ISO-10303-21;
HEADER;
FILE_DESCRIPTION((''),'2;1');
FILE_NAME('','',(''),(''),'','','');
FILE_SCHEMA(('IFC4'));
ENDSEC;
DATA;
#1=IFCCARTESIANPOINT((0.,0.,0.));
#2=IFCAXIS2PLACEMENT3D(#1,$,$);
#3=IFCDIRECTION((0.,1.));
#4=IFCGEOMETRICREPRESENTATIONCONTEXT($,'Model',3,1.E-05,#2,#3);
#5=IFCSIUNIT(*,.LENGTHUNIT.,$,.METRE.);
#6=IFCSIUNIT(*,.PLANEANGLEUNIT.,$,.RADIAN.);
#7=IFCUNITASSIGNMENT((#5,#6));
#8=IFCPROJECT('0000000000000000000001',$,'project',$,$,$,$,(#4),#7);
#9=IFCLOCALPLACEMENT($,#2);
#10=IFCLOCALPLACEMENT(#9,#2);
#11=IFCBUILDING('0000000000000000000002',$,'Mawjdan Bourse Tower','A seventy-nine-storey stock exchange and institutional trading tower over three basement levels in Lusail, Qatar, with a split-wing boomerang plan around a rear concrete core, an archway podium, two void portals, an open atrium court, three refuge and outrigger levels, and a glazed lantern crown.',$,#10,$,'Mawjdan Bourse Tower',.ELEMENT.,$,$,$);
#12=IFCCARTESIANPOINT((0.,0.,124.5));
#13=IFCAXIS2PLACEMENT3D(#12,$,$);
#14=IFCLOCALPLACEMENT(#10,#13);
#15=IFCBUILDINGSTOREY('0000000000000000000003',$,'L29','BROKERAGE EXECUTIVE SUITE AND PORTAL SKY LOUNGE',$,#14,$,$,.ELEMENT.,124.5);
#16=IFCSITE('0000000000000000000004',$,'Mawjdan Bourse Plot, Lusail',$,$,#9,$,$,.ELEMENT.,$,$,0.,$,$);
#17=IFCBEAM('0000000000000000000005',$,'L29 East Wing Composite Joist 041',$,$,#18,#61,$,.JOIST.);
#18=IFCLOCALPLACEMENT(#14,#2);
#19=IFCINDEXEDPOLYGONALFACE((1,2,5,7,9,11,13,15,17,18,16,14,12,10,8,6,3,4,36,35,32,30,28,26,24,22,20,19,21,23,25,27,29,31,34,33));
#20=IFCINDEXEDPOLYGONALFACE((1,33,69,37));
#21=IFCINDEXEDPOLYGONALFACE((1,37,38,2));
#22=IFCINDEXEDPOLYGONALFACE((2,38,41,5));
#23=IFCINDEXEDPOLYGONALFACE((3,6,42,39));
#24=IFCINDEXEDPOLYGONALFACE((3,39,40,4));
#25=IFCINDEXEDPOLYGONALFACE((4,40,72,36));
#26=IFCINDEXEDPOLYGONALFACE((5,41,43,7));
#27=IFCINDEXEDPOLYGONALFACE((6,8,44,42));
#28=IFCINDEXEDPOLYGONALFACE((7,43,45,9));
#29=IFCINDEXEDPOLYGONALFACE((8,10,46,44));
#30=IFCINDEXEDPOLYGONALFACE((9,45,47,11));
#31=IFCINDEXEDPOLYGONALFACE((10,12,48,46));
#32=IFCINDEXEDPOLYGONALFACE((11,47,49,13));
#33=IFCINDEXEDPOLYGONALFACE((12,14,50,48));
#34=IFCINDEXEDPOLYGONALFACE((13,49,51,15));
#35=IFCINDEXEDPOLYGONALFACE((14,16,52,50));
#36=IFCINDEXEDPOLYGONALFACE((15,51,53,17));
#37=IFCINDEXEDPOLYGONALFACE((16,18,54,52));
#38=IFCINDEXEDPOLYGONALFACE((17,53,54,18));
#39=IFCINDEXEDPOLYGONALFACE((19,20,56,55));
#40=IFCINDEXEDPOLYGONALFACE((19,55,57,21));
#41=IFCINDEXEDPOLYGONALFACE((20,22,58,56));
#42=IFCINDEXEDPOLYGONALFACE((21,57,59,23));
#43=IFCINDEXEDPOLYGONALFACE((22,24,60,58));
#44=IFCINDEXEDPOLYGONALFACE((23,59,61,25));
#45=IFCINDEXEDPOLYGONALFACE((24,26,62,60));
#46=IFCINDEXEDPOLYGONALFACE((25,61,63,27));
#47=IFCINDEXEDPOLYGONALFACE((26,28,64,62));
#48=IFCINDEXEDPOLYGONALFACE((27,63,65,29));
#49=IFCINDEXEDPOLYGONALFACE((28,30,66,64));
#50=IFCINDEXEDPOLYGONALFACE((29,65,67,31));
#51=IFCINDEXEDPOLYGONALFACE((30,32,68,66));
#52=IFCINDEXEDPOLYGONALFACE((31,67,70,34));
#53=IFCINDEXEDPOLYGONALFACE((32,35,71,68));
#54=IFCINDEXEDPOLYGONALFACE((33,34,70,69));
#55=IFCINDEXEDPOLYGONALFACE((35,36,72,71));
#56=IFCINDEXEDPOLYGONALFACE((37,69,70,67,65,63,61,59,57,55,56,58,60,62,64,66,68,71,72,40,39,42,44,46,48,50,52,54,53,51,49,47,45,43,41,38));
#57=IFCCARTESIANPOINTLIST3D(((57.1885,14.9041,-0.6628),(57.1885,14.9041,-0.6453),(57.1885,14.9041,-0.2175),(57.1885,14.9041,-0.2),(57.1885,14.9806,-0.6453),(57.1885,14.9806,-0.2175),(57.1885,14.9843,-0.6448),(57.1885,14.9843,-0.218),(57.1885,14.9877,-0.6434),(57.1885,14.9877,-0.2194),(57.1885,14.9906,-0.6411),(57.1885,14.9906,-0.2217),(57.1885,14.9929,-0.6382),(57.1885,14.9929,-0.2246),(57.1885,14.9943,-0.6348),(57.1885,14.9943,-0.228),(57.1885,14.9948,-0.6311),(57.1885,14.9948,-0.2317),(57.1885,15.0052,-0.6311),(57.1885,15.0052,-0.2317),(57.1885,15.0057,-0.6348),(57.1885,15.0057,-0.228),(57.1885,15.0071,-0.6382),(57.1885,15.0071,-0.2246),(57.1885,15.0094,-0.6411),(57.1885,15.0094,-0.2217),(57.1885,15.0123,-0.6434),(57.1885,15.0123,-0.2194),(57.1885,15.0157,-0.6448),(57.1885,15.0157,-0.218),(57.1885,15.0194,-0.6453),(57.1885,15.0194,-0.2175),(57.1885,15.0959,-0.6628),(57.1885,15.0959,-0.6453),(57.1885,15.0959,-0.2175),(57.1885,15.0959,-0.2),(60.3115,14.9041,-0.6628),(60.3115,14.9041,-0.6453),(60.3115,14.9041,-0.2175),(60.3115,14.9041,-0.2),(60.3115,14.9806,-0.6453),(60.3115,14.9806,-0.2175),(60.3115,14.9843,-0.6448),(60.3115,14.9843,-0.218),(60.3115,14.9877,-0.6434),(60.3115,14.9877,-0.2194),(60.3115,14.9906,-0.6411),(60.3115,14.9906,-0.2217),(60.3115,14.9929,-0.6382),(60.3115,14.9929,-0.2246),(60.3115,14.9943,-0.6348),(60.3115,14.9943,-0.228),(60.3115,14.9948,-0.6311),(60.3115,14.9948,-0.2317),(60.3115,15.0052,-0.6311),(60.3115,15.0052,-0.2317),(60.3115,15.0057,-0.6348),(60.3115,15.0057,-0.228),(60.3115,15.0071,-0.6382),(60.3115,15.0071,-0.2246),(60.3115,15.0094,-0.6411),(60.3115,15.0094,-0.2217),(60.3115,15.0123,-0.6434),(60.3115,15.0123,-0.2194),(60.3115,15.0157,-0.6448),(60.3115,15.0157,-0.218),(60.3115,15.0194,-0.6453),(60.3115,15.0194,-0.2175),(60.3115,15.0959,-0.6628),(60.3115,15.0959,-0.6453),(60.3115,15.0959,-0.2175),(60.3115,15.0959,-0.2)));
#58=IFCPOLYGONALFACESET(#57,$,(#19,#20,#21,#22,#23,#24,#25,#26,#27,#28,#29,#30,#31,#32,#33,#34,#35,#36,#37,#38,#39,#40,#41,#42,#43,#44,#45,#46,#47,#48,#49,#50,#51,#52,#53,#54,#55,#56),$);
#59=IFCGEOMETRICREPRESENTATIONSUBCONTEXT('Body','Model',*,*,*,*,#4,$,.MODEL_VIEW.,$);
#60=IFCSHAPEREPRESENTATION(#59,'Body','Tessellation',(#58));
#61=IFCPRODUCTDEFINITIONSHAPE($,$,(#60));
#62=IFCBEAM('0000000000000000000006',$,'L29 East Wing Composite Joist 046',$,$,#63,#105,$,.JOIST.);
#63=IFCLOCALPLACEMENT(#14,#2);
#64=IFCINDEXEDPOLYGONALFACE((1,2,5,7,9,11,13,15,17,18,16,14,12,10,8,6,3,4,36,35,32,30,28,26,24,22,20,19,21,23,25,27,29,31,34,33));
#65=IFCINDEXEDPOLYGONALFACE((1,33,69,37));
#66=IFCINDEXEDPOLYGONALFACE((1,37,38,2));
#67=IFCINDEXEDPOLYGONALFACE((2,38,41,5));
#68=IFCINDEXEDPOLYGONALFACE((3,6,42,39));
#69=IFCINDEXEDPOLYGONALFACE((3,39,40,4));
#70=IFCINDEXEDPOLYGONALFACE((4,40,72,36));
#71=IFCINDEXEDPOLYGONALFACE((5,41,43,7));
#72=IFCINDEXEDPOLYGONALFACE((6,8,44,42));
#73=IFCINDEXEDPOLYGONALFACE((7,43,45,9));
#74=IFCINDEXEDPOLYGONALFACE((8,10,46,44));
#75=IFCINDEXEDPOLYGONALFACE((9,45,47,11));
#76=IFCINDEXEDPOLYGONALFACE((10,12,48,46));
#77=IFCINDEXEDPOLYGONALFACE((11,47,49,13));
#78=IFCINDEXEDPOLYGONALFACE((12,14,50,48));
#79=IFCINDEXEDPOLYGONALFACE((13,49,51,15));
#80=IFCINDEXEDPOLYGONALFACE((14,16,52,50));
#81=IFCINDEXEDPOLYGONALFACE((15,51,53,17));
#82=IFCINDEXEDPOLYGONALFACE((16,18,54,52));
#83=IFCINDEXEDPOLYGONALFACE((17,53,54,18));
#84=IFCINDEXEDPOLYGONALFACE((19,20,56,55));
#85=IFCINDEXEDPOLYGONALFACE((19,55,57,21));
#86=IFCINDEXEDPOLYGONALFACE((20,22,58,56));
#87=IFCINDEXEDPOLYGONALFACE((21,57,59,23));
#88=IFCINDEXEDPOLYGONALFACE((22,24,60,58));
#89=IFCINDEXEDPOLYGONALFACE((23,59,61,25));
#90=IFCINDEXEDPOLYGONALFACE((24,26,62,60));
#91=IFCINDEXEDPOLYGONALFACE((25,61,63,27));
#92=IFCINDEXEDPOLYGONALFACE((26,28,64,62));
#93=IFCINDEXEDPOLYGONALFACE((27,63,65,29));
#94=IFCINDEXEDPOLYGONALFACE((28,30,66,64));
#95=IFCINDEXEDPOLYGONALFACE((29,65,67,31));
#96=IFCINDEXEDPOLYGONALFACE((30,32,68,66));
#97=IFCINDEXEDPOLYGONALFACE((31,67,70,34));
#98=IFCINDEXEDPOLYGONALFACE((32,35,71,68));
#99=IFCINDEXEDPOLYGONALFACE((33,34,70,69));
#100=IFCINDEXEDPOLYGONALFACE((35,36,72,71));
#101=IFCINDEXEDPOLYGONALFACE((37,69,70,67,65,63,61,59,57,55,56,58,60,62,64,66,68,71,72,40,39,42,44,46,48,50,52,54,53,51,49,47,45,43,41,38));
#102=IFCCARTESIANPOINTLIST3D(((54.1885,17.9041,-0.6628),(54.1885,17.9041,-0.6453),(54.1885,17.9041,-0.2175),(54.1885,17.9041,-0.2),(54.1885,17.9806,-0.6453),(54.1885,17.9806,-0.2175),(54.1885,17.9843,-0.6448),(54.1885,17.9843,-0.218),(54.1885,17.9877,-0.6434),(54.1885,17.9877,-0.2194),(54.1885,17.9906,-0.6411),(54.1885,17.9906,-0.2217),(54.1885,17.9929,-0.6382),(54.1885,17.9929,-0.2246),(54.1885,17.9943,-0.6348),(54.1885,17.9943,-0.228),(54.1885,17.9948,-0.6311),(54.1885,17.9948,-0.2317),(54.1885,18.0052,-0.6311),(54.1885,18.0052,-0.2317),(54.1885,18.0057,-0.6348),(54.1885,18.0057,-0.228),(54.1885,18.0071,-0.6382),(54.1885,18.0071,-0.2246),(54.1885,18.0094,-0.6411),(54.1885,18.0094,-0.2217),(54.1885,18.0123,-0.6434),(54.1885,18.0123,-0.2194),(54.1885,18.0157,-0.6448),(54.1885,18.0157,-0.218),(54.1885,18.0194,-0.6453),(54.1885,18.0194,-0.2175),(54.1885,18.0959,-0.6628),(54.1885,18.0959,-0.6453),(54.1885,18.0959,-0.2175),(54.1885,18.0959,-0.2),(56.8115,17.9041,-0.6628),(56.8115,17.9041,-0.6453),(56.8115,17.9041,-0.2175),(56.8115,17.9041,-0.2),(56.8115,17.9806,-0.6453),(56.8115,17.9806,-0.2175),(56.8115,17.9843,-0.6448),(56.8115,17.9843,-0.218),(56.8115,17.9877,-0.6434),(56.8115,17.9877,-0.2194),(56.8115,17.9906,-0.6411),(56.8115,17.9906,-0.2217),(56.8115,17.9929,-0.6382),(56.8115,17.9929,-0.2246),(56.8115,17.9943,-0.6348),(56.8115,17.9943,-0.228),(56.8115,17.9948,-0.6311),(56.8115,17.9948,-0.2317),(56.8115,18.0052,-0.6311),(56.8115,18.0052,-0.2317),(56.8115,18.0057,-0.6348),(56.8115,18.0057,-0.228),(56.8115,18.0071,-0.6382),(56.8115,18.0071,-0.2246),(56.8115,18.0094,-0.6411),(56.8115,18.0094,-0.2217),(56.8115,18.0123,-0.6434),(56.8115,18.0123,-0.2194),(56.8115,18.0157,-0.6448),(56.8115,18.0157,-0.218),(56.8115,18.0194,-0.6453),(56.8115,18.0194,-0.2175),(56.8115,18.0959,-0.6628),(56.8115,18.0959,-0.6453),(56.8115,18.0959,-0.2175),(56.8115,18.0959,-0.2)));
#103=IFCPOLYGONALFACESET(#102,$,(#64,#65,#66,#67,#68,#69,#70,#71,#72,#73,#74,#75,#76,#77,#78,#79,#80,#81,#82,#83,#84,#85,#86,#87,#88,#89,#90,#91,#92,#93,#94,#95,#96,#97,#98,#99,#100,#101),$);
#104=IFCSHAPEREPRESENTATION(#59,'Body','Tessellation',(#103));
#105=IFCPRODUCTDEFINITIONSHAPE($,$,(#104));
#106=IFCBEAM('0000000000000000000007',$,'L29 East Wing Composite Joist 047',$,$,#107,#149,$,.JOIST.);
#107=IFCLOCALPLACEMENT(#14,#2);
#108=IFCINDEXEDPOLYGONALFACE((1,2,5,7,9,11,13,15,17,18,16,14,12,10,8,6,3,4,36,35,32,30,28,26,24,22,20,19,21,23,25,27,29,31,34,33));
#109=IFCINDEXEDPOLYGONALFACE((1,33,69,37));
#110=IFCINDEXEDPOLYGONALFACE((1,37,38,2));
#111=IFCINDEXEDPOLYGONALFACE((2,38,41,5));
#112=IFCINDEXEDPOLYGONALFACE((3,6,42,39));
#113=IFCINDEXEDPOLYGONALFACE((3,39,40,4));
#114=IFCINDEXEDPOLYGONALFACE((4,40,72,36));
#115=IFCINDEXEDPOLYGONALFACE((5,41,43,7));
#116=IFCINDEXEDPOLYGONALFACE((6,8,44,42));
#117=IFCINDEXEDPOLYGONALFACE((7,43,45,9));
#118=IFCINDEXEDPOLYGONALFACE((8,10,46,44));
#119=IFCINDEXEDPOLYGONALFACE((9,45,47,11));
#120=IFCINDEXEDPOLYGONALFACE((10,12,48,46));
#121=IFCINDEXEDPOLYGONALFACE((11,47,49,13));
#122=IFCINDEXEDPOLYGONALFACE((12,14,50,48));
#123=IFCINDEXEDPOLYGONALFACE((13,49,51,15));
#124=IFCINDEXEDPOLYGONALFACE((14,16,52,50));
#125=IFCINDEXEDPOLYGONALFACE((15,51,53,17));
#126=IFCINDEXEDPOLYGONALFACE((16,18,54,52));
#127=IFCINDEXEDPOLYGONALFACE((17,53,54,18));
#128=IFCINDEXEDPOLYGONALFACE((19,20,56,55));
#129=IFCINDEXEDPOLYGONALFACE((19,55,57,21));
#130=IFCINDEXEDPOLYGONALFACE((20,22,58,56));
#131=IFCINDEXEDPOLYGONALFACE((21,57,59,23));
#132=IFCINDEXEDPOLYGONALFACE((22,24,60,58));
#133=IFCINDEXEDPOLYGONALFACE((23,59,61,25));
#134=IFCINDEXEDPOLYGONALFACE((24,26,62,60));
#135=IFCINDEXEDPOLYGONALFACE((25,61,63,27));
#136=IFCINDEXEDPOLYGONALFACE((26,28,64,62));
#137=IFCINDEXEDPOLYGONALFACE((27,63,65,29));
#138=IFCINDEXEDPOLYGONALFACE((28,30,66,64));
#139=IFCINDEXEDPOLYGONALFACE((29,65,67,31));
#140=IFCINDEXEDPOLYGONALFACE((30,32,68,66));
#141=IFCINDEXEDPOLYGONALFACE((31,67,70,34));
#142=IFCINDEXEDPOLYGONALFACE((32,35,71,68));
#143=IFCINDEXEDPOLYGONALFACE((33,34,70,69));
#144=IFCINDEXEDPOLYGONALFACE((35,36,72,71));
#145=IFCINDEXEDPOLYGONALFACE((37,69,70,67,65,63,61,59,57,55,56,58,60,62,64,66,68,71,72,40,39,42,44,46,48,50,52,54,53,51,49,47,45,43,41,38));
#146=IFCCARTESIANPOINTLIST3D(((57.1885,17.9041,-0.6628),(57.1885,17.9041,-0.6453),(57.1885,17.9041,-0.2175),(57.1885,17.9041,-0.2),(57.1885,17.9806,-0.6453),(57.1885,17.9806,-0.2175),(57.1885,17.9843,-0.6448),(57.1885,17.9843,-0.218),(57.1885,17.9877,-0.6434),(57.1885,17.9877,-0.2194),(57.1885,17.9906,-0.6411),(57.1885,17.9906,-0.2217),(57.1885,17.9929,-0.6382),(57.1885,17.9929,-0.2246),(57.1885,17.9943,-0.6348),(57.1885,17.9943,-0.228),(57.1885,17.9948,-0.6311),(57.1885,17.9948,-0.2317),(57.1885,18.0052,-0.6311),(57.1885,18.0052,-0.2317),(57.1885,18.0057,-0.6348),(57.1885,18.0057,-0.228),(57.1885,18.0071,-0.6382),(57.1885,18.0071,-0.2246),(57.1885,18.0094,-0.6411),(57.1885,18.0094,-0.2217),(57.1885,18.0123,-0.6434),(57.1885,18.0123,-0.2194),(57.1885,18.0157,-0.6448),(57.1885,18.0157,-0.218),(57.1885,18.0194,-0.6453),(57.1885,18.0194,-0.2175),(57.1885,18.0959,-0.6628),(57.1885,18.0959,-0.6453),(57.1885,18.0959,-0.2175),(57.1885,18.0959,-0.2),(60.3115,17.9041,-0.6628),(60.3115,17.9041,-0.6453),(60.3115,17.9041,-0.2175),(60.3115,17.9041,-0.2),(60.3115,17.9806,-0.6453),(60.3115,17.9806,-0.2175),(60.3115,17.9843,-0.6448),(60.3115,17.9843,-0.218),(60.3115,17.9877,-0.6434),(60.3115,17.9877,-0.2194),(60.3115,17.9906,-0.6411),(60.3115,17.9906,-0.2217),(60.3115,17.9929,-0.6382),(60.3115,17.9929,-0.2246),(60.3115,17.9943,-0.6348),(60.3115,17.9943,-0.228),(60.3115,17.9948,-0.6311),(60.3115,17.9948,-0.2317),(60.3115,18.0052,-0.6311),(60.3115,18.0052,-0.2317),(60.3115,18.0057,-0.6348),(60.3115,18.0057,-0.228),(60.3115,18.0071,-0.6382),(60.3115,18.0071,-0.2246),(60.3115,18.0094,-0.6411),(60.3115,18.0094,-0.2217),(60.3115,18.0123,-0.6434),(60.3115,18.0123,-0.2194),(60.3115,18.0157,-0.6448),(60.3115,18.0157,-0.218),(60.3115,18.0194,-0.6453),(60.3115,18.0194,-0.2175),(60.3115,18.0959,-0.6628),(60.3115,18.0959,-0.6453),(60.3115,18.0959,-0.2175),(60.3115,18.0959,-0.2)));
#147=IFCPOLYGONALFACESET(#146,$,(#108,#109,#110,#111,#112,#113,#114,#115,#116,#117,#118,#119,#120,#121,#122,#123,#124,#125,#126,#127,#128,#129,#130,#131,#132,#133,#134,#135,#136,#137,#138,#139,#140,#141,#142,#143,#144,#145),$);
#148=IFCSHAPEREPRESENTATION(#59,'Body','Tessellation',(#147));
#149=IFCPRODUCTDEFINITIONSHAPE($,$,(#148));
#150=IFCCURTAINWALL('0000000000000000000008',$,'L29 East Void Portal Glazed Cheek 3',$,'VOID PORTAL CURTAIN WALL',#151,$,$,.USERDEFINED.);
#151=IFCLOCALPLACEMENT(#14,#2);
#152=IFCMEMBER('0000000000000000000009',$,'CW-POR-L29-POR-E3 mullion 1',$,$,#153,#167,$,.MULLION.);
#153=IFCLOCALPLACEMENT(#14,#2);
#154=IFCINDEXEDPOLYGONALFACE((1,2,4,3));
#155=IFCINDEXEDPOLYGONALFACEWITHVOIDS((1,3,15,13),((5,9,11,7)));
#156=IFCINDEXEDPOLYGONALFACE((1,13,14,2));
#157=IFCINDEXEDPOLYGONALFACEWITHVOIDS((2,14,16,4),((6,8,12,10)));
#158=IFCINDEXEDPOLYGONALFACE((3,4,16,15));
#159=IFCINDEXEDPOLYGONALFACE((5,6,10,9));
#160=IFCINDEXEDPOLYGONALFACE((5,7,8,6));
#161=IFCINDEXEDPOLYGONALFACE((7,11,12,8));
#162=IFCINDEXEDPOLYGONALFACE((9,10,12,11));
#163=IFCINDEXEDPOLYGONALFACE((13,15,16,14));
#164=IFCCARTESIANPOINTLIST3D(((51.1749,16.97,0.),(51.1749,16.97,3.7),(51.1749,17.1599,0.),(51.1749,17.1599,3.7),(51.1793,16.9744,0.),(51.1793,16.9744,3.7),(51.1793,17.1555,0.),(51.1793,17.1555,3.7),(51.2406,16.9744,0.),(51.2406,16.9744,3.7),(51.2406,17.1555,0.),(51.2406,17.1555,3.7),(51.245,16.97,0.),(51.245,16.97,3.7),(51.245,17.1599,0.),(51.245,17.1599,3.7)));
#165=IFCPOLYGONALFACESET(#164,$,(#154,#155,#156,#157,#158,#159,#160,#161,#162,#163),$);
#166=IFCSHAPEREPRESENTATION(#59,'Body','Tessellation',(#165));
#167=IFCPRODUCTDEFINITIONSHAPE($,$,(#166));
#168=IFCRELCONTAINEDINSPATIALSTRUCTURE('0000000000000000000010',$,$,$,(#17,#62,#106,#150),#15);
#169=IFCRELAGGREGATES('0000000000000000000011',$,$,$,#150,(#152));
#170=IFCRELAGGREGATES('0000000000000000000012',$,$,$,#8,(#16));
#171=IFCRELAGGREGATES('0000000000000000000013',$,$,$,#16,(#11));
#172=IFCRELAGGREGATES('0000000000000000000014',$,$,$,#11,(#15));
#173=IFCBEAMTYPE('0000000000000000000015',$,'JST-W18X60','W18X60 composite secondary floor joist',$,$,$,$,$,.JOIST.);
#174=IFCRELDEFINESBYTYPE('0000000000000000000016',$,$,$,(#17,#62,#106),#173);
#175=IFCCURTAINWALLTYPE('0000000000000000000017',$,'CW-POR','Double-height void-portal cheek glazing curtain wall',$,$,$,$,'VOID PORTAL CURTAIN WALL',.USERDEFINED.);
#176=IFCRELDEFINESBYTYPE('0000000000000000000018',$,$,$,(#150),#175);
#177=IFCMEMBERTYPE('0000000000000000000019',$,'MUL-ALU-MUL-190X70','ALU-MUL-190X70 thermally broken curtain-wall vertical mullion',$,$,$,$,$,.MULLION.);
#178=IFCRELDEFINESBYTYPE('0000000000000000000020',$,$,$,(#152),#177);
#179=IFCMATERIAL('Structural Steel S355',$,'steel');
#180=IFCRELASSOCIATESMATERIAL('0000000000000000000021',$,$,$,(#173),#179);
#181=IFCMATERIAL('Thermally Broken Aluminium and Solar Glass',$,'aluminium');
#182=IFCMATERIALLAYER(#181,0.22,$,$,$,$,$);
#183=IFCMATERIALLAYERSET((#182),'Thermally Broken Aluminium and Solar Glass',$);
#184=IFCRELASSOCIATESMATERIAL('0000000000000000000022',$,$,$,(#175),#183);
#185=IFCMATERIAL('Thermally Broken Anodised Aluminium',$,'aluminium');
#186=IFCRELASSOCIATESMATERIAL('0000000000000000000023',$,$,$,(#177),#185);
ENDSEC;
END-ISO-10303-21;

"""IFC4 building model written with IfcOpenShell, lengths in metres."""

from ifc_helpers import new_model, si_unit, direction, frame, origin, origin_2d, place, context, subcontext, project, spatial, hollow_rectangle, i_section, extrude, material, layer, layer_set, material_profile, profile_set, type_object, element, aggregate, save


model = new_model("IFC4")

# Units and contexts
model_context = context("Model", 3, precision=1e-05, world=origin(), true_north=direction((0.0, 1.0)))
body_context = subcontext(model_context, "Body", "Model", "MODEL_VIEW")
ifc_project = project(units=[si_unit("LENGTHUNIT", "METRE"), si_unit("PLANEANGLEUNIT", "RADIAN")], contexts=[model_context])

# Site, building, storey
site_placement = place(None, origin())
site = spatial("IfcSite", under=ifc_project, at=site_placement, Name="Mawjdan Bourse Plot, Lusail", CompositionType="ELEMENT", RefElevation=0.0)
building_placement = place(site_placement, origin())
building = spatial("IfcBuilding", under=site, at=building_placement, Name="Mawjdan Bourse Tower", Description="A seventy-nine-storey stock exchange and institutional trading tower over three basement levels in Lusail, Qatar, with a split-wing boomerang plan around a rear concrete core, an archway podium, two void portals, an open atrium court, three refuge and outrigger levels, and a glazed lantern crown.", LongName="Mawjdan Bourse Tower", CompositionType="ELEMENT")
storey_placement = place(building_placement, frame((0.0, 0.0, 124.5)))
storey = spatial("IfcBuildingStorey", under=building, at=storey_placement, Name="L29", Description="BROKERAGE EXECUTIVE SUITE AND PORTAL SKY LOUNGE", CompositionType="ELEMENT", Elevation=124.5)

# Beams
ifc_material_1 = material(Name="Structural Steel S355", Category="steel")
ifc_material_profile_1 = material_profile(ifc_material_1, i_section(OverallWidth=0.1919, OverallDepth=0.4629, WebThickness=0.0105, FlangeThickness=0.0176, FilletRadius=0.0142, at=origin_2d()), Name="W18X60")
ifc_profile_set_1 = profile_set([ifc_material_profile_1], Name="Structural Steel S355")
beam_type_1 = type_object("IfcBeamType", Name="JST-W18X60", Description="W18X60 composite secondary floor joist", PredefinedType="JOIST", material=ifc_profile_set_1)
beam_1_placement = place(storey_placement, frame((57.1885, 15.0, -0.4314), z_axis=(1.0, 0.0, 0.0), x_axis=(0.0, 1.0, 0.0)))
element("IfcBeam", 1, at=beam_1_placement, inside=storey, type_object=beam_type_1, Name="L29 East Wing Composite Joist 041", PredefinedType="JOIST", context=body_context, shape_type="SweptSolid", body=[
    extrude(i_section(OverallWidth=0.1919, OverallDepth=0.4629, WebThickness=0.0105, FlangeThickness=0.0176, FilletRadius=0.0142, at=origin_2d()), origin(), (0.0, 0.0, 1.0), 3.123),
])
beam_2_placement = place(storey_placement, frame((54.1885, 18.0, -0.4314), z_axis=(1.0, 0.0, 0.0), x_axis=(0.0, 1.0, 0.0)))
element("IfcBeam", 2, at=beam_2_placement, inside=storey, type_object=beam_type_1, Name="L29 East Wing Composite Joist 046", PredefinedType="JOIST", context=body_context, shape_type="SweptSolid", body=[
    extrude(i_section(OverallWidth=0.1919, OverallDepth=0.4629, WebThickness=0.0105, FlangeThickness=0.0176, FilletRadius=0.0142, at=origin_2d()), origin(), (0.0, 0.0, 1.0), 2.623),
])
beam_3_placement = place(storey_placement, frame((57.1885, 18.0, -0.4314), z_axis=(1.0, 0.0, 0.0), x_axis=(0.0, 1.0, 0.0)))
element("IfcBeam", 3, at=beam_3_placement, inside=storey, type_object=beam_type_1, Name="L29 East Wing Composite Joist 047", PredefinedType="JOIST", context=body_context, shape_type="SweptSolid", body=[
    extrude(i_section(OverallWidth=0.1919, OverallDepth=0.4629, WebThickness=0.0105, FlangeThickness=0.0176, FilletRadius=0.0142, at=origin_2d()), origin(), (0.0, 0.0, 1.0), 3.123),
])

# Curtain wall, member
ifc_material_2 = material(Name="Thermally Broken Aluminium and Solar Glass", Category="aluminium")
ifc_layer_1 = layer(ifc_material_2, 0.22)
ifc_layer_set_1 = layer_set([ifc_layer_1], Name="Thermally Broken Aluminium and Solar Glass")
curtain_wall_type = type_object("IfcCurtainWallType", Name="CW-POR", Description="Double-height void-portal cheek glazing curtain wall", ElementType="VOID PORTAL CURTAIN WALL", PredefinedType="USERDEFINED", material=ifc_layer_set_1)
curtain_wall_placement = place(storey_placement, origin())
curtain_wall = element("IfcCurtainWall", 4, at=curtain_wall_placement, inside=storey, type_object=curtain_wall_type, Name="L29 East Void Portal Glazed Cheek 3", ObjectType="VOID PORTAL CURTAIN WALL", PredefinedType="USERDEFINED")
ifc_material_3 = material(Name="Thermally Broken Anodised Aluminium", Category="aluminium")
ifc_material_profile_2 = material_profile(ifc_material_3, hollow_rectangle(XDim=0.0701, YDim=0.1899, WallThickness=0.0044, at=origin_2d()), Name="ALU-MUL-190X70")
ifc_profile_set_2 = profile_set([ifc_material_profile_2], Name="Thermally Broken Anodised Aluminium")
member_type_1 = type_object("IfcMemberType", Name="MUL-ALU-MUL-190X70", Description="ALU-MUL-190X70 thermally broken curtain-wall vertical mullion", PredefinedType="MULLION", material=ifc_profile_set_2)
member_1_placement = place(storey_placement, frame((51.21, 17.0649, 0.0), z_axis=(0.0, 0.0, 1.0), x_axis=(1.0, 0.0, 0.0)))
member_1 = element("IfcMember", 5, at=member_1_placement, type_object=member_type_1, Name="CW-POR-L29-POR-E3 mullion 1", PredefinedType="MULLION", context=body_context, shape_type="SweptSolid", body=[
    extrude(hollow_rectangle(XDim=0.0701, YDim=0.1899, WallThickness=0.0044, at=origin_2d()), origin(), (0.0, 0.0, 1.0), 3.7),
])

aggregate(curtain_wall, [member_1])

save(model, "model.ifc")
